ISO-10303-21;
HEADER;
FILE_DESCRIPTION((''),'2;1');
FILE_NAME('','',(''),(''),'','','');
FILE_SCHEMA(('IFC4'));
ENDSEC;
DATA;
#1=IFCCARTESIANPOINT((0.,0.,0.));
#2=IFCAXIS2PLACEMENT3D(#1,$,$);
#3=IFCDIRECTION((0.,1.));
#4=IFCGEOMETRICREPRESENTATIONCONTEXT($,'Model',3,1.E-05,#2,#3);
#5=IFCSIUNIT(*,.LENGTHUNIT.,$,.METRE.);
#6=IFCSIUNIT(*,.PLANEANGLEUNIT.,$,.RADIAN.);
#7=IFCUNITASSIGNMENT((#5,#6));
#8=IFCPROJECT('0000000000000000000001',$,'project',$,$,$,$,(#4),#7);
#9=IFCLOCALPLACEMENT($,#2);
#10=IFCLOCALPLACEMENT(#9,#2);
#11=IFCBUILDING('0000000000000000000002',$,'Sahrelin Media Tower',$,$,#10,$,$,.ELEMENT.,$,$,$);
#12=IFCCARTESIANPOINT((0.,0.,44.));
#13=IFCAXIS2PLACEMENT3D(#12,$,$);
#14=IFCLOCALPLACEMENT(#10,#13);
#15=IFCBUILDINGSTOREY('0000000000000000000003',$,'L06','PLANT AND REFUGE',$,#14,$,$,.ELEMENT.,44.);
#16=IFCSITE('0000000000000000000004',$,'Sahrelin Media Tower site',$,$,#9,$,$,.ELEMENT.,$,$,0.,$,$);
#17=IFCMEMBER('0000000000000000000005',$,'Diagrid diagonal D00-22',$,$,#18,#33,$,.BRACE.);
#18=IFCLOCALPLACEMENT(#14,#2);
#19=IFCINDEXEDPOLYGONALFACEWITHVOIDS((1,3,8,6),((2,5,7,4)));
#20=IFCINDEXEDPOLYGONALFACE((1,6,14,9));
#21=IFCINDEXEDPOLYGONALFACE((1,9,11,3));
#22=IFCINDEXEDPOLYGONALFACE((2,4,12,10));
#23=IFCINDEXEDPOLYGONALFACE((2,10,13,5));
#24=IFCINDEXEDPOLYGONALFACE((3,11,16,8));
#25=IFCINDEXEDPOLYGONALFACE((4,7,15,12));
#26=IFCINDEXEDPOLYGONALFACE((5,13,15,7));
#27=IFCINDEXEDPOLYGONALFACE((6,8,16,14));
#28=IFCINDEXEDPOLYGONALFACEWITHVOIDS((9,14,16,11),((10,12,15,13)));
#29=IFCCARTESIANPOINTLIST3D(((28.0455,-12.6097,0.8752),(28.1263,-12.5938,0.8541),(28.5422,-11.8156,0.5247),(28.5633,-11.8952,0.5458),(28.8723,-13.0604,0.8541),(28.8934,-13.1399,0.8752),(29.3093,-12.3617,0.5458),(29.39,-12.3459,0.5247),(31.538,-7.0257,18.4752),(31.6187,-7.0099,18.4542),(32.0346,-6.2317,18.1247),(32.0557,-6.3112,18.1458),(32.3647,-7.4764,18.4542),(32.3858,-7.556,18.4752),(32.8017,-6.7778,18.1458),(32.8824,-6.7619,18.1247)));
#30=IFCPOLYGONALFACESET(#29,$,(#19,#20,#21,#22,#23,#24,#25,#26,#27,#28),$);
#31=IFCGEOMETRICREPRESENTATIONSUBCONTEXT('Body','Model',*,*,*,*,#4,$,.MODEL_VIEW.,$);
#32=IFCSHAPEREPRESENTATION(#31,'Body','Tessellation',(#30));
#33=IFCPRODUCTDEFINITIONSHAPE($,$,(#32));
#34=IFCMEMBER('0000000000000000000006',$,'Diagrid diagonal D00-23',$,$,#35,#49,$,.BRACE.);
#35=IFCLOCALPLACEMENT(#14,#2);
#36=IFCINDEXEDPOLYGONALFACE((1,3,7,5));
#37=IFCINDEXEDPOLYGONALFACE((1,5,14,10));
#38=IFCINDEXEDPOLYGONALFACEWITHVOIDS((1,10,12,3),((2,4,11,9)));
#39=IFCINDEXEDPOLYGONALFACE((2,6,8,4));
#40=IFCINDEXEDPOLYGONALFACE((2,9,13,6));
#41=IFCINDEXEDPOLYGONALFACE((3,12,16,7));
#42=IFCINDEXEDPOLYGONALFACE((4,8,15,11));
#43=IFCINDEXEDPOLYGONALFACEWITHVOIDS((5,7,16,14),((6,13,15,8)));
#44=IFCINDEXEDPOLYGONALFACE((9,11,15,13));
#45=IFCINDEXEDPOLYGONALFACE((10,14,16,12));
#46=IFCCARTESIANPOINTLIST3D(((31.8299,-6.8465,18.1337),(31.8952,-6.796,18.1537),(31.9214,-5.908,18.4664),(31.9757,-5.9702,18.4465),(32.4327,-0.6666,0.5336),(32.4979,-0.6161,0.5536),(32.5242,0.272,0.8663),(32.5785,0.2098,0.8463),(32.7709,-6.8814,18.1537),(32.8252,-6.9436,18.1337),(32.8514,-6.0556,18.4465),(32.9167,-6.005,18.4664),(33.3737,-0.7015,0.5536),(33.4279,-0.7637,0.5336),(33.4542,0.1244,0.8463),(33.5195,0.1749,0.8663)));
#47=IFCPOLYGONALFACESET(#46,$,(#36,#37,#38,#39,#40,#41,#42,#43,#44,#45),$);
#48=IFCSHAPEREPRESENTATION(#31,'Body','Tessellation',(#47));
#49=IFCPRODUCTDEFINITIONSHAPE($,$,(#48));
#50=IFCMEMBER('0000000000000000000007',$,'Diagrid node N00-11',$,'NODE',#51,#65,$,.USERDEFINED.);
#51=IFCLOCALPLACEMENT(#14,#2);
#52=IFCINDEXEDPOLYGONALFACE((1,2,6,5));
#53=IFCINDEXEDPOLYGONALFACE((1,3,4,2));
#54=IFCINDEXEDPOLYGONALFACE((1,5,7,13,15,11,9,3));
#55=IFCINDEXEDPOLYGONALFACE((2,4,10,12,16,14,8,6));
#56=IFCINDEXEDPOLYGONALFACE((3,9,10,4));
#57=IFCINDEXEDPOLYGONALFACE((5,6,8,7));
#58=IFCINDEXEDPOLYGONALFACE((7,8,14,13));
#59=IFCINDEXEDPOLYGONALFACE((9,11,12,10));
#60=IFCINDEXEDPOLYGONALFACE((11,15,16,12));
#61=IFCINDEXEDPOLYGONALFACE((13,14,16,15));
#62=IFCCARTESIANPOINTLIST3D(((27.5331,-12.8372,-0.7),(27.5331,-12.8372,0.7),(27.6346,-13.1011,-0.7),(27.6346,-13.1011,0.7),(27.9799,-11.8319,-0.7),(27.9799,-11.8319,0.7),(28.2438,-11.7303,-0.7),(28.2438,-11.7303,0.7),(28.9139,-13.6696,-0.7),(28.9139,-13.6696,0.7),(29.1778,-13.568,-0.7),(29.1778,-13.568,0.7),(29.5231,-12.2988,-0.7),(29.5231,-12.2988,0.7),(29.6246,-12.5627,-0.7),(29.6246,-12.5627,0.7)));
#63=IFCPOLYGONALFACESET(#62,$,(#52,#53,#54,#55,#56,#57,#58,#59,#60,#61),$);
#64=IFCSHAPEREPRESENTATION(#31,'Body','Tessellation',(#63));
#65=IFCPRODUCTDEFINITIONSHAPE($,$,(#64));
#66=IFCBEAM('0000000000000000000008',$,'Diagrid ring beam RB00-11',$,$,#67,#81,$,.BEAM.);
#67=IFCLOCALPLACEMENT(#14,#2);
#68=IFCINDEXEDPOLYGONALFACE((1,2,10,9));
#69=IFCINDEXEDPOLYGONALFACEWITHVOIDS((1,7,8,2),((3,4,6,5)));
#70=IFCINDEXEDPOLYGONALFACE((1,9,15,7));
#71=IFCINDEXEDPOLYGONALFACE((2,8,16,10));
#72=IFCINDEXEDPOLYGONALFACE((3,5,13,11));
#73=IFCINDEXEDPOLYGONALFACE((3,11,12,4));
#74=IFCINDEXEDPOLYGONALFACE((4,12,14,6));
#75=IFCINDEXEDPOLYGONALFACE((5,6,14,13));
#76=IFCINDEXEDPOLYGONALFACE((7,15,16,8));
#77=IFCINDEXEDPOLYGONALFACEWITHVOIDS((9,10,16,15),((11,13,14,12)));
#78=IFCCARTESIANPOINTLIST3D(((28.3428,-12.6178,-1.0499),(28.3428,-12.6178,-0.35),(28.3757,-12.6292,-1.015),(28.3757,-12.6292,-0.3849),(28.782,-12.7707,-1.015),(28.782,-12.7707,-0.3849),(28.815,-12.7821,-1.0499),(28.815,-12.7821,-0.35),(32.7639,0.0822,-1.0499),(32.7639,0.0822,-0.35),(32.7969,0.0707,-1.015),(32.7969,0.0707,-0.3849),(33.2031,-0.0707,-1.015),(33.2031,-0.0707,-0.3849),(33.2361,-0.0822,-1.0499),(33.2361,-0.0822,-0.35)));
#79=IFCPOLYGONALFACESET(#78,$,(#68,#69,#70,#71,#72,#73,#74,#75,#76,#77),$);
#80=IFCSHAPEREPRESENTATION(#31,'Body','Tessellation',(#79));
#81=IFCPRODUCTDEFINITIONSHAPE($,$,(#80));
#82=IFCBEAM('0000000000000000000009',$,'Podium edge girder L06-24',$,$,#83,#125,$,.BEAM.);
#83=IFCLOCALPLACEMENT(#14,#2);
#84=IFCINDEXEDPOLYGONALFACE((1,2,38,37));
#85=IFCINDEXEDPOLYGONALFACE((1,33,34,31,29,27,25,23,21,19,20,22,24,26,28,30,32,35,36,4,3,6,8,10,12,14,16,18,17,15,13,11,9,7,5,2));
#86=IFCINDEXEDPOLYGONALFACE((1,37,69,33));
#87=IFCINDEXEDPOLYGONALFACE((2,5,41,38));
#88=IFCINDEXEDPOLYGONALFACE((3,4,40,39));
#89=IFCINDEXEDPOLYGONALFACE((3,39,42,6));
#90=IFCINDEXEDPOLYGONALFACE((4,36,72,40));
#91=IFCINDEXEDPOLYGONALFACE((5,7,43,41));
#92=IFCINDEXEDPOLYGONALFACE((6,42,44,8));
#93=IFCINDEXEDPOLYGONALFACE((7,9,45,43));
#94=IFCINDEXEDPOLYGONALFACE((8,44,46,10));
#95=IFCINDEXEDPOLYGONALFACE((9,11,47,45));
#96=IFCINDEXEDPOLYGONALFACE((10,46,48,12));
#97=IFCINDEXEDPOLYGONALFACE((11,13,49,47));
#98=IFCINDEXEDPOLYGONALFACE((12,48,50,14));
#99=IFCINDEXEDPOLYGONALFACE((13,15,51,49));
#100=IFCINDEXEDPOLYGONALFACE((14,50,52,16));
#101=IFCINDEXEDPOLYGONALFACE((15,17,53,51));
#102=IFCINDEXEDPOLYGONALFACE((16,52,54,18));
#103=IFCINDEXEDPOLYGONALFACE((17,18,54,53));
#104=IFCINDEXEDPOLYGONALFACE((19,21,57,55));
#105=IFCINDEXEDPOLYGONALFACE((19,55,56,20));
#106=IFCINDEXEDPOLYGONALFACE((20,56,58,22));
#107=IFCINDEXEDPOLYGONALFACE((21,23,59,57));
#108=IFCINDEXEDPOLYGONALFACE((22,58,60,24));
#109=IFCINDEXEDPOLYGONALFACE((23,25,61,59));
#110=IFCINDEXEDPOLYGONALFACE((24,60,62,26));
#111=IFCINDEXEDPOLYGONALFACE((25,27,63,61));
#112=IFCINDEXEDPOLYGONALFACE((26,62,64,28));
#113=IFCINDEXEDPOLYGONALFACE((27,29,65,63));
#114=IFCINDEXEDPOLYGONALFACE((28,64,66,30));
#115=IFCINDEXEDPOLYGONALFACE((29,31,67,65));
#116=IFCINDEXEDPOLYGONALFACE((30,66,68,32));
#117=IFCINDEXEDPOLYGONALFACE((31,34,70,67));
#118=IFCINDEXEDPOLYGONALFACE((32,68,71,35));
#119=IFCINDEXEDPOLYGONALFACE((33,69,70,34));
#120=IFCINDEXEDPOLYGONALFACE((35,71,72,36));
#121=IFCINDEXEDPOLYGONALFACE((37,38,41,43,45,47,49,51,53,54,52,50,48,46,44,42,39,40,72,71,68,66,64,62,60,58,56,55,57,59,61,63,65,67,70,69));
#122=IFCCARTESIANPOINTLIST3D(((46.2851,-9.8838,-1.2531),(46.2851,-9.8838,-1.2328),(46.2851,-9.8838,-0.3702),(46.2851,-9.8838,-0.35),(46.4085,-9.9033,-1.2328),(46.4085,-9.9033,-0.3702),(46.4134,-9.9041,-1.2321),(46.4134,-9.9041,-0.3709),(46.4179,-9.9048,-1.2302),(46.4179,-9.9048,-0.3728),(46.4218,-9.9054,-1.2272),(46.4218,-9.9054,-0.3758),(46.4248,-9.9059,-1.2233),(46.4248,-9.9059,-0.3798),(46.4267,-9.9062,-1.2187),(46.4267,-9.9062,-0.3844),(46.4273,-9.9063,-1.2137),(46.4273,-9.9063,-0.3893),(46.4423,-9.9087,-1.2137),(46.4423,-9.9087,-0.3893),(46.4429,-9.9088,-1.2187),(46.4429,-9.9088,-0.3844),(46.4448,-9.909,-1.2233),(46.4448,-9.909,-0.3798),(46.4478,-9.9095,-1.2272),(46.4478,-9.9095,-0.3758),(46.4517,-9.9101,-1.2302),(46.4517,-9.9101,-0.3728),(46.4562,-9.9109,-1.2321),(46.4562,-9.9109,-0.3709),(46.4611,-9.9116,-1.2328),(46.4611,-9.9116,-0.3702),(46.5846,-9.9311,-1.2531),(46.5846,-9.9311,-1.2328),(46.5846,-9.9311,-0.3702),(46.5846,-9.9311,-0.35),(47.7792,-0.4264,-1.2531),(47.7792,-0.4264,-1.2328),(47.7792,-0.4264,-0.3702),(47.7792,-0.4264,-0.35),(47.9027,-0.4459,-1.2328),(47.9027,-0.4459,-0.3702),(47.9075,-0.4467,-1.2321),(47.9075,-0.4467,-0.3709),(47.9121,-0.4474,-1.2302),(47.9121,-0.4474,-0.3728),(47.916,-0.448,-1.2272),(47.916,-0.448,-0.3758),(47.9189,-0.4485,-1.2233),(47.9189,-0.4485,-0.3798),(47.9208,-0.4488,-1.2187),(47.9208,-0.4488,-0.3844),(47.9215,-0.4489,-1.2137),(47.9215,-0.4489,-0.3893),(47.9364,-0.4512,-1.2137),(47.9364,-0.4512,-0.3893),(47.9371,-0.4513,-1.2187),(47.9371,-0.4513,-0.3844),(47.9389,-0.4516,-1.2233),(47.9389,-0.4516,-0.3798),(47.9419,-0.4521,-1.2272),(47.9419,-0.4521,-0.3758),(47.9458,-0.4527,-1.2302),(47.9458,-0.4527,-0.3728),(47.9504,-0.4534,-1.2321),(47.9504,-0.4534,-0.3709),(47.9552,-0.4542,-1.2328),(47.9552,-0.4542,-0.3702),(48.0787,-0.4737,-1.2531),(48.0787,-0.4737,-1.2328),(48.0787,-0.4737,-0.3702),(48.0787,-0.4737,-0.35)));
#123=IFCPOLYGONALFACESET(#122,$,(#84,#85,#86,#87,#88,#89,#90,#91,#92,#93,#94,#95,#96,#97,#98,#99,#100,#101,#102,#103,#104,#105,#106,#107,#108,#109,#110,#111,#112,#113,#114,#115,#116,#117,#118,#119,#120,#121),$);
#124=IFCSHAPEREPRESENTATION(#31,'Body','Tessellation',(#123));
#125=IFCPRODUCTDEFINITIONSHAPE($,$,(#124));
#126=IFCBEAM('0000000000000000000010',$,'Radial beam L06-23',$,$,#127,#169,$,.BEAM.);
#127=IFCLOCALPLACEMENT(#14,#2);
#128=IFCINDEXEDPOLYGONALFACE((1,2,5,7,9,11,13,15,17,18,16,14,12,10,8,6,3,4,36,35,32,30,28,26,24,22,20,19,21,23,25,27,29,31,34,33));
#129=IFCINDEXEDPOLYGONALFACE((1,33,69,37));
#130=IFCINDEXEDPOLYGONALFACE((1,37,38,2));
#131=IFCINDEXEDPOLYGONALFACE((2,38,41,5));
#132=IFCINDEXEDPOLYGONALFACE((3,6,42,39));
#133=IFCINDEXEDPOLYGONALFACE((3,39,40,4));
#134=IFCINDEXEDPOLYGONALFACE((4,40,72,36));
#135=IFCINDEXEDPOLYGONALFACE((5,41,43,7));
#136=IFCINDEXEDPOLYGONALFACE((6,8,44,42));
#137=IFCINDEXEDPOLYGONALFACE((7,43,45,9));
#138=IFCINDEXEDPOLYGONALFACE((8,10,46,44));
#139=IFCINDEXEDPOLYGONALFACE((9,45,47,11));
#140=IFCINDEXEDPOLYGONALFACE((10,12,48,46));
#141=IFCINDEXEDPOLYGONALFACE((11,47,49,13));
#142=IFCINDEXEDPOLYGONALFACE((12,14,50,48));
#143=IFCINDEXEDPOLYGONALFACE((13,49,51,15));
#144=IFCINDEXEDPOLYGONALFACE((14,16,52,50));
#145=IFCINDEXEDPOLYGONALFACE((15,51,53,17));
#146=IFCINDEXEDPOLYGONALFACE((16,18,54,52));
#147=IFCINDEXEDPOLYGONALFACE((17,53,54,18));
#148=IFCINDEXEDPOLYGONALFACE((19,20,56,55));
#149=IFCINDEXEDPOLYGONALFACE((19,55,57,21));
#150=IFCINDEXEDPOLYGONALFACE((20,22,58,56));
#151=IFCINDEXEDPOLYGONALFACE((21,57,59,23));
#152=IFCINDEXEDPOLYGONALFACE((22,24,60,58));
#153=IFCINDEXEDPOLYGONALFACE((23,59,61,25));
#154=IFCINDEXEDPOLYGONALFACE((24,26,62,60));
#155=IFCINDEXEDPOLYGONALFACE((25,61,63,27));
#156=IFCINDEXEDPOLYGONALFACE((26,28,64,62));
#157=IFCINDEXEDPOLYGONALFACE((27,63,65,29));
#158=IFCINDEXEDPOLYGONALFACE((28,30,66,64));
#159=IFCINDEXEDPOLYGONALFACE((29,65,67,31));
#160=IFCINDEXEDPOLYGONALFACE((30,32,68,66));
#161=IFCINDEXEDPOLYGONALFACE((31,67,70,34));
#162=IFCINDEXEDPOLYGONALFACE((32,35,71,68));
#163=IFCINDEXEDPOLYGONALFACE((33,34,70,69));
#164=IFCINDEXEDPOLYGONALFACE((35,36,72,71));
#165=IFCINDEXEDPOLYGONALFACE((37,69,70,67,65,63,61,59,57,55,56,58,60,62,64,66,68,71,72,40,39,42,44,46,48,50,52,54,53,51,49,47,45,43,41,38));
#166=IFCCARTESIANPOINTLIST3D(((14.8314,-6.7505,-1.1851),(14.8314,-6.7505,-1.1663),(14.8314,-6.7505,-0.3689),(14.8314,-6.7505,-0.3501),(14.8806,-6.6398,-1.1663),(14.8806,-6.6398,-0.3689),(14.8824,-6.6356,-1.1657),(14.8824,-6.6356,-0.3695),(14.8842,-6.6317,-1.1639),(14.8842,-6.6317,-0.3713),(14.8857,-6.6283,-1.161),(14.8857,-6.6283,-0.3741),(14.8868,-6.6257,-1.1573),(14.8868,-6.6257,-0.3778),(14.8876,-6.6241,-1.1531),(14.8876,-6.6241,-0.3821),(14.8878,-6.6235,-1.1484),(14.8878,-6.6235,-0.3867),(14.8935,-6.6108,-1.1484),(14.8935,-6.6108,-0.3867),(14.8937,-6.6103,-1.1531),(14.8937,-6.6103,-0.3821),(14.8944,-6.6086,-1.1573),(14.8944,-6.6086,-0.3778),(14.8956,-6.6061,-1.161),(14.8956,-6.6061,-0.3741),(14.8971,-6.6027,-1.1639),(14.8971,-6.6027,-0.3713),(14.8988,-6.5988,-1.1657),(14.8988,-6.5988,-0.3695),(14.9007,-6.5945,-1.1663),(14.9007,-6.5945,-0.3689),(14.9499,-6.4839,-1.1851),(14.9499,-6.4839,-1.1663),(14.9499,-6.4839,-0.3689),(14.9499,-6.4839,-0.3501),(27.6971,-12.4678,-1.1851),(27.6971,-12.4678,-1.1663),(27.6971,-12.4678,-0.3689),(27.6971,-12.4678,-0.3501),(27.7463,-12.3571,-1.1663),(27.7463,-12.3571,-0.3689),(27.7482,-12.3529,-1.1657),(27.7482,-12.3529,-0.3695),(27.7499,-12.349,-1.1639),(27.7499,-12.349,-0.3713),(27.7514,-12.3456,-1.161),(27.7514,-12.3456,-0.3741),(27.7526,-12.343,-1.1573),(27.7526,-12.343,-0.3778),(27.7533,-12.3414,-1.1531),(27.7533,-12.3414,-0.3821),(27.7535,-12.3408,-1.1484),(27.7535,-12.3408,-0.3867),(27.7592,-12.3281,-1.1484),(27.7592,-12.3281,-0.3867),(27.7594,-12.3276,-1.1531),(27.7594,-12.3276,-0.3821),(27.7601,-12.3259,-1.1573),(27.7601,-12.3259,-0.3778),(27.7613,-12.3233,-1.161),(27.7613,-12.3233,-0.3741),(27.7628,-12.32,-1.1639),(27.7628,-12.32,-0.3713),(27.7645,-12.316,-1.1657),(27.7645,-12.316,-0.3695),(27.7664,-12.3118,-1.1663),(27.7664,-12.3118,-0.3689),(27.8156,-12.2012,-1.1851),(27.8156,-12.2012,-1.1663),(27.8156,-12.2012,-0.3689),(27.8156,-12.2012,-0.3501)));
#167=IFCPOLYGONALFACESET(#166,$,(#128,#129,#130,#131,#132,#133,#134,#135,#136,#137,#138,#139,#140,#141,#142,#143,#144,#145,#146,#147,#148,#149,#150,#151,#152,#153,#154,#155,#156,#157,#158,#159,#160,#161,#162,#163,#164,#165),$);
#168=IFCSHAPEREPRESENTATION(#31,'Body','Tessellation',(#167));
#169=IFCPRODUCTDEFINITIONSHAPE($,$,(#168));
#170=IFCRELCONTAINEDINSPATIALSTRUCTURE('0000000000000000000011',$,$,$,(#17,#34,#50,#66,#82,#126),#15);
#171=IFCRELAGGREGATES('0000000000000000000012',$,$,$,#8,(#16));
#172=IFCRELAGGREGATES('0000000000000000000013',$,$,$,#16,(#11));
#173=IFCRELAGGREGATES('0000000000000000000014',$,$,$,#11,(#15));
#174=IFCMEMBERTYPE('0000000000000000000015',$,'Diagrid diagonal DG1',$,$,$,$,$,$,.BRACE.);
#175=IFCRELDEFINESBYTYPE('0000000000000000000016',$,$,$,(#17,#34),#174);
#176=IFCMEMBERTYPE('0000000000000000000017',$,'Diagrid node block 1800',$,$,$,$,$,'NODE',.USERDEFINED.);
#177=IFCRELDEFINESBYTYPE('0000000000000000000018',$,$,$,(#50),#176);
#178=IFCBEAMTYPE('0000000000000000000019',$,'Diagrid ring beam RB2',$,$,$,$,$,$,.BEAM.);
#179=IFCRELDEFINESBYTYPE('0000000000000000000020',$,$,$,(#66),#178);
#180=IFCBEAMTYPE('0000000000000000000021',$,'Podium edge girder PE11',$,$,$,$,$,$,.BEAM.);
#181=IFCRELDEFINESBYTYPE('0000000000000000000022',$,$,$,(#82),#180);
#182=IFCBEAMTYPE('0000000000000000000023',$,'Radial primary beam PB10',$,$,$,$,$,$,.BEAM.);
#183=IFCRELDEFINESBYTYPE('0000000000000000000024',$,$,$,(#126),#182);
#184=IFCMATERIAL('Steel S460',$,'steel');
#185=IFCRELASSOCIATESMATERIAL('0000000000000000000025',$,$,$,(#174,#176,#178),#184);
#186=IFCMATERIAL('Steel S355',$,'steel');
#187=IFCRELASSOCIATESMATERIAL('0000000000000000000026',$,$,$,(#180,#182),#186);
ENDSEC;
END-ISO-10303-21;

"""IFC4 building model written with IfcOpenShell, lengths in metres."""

from ifc_helpers import new_model, si_unit, direction, frame, origin, origin_2d, place, context, subcontext, project, spatial, polyline, hollow_rectangle, i_section, outline, extrude, material, material_profile, profile_set, type_object, element, save


model = new_model("IFC4")

# Units and contexts
model_context = context("Model", 3, precision=1e-05, world=origin(), true_north=direction((0.0, 1.0)))
body_context = subcontext(model_context, "Body", "Model", "MODEL_VIEW")
ifc_project = project(units=[si_unit("LENGTHUNIT", "METRE"), si_unit("PLANEANGLEUNIT", "RADIAN")], contexts=[model_context])

# Site, building, storey
site_placement = place(None, origin())
site = spatial("IfcSite", under=ifc_project, at=site_placement, Name="Sahrelin Media Tower site", CompositionType="ELEMENT", RefElevation=0.0)
building_placement = place(site_placement, origin())
building = spatial("IfcBuilding", under=site, at=building_placement, Name="Sahrelin Media Tower", CompositionType="ELEMENT")
storey_placement = place(building_placement, frame((0.0, 0.0, 44.0)))
storey = spatial("IfcBuildingStorey", under=building, at=storey_placement, Name="L06", Description="PLANT AND REFUGE", CompositionType="ELEMENT", Elevation=44.0)

# Members
ifc_material_1 = material(Name="Steel S460", Category="steel")
ifc_material_profile_1 = material_profile(ifc_material_1, hollow_rectangle(XDim=1.0, YDim=1.0, WallThickness=0.0601, at=origin_2d()), Name="Diagrid diagonal DG1")
ifc_profile_set_1 = profile_set([ifc_material_profile_1], Name="Steel S460")
member_type_1 = type_object("IfcMemberType", Name="Diagrid diagonal DG1", PredefinedType="BRACE", material=ifc_profile_set_1)
member_1_placement = place(storey_placement, frame((28.7178, -12.4778, 0.7), z_axis=(0.185846, 0.297146, 0.936571), x_axis=(-0.847832, 0.530265, 0.0)))
element("IfcMember", 1, at=member_1_placement, inside=storey, type_object=member_type_1, Name="Diagrid diagonal D00-22", PredefinedType="BRACE", context=body_context, shape_type="SweptSolid", body=[
    extrude(hollow_rectangle(XDim=1.0, YDim=1.0, WallThickness=0.0601, at=origin_2d()), origin(), (0.0, 0.0, 1.0), 18.792),
])
member_2_placement = place(storey_placement, frame((32.9761, -0.2458, 0.7), z_axis=(-0.032298, -0.331128, 0.943033), x_axis=(0.995277, -0.097078, 0.0)))
element("IfcMember", 2, at=member_2_placement, inside=storey, type_object=member_type_1, Name="Diagrid diagonal D00-23", PredefinedType="BRACE", context=body_context, shape_type="SweptSolid", body=[
    extrude(hollow_rectangle(XDim=1.0, YDim=1.0, WallThickness=0.0601, at=origin_2d()), origin(), (0.0, 0.0, 1.0), 18.6633),
])
ifc_material_profile_2 = material_profile(ifc_material_1, outline(polyline([(0.7, -0.75), (0.8999, -0.55), (0.8999, 0.55), (0.7, 0.75), (-0.7, 0.75), (-0.8999, 0.55), (-0.8999, -0.55), (-0.7, -0.75), (0.7, -0.75)])), Name="Diagrid node block 1800")
ifc_profile_set_2 = profile_set([ifc_material_profile_2], Name="Steel S460")
member_type_2 = type_object("IfcMemberType", Name="Diagrid node block 1800", ElementType="NODE", PredefinedType="USERDEFINED", material=ifc_profile_set_2)
member_3_placement = place(storey_placement, frame((28.5789, -12.7, -0.7), z_axis=(0.0, 0.0, 1.0), x_axis=(0.913831, -0.406094, 0.0)))
element("IfcMember", 3, at=member_3_placement, inside=storey, type_object=member_type_2, Name="Diagrid node N00-11", ObjectType="NODE", PredefinedType="USERDEFINED", context=body_context, shape_type="SweptSolid", body=[
    extrude(outline(polyline([(0.7, -0.75), (0.8999, -0.55), (0.8999, 0.55), (0.7, 0.75), (-0.7, 0.75), (-0.8999, 0.55), (-0.8999, -0.55), (-0.7, -0.75), (0.7, -0.75)])), origin(), (0.0, 0.0, 1.0), 1.3999),
])

# Beams
ifc_material_profile_3 = material_profile(ifc_material_1, hollow_rectangle(XDim=0.5, YDim=0.7, WallThickness=0.0349, at=origin_2d()), Name="Diagrid ring beam RB2")
ifc_profile_set_3 = profile_set([ifc_material_profile_3], Name="Steel S460")
beam_type_1 = type_object("IfcBeamType", Name="Diagrid ring beam RB2", PredefinedType="BEAM", material=ifc_profile_set_3)
beam_1_placement = place(storey_placement, frame((28.5789, -12.7, -0.7), z_axis=(0.328771, 0.94441, 0.0), x_axis=(-0.94441, 0.328771, 0.0)))
element("IfcBeam", 4, at=beam_1_placement, inside=storey, type_object=beam_type_1, Name="Diagrid ring beam RB00-11", PredefinedType="BEAM", context=body_context, shape_type="SweptSolid", body=[
    extrude(hollow_rectangle(XDim=0.5, YDim=0.7, WallThickness=0.0349, at=origin_2d()), origin(), (0.0, 0.0, 1.0), 13.4475),
])
ifc_material_2 = material(Name="Steel S355", Category="steel")
ifc_material_profile_4 = material_profile(ifc_material_2, i_section(OverallWidth=0.3032, OverallDepth=0.9031, WebThickness=0.0151, FlangeThickness=0.0203, FilletRadius=0.019, at=origin_2d()), Name="UB 914x305x201")
ifc_profile_set_4 = profile_set([ifc_material_profile_4], Name="Steel S355")
beam_type_2 = type_object("IfcBeamType", Name="Podium edge girder PE11", PredefinedType="BEAM", material=ifc_profile_set_4)
beam_2_placement = place(storey_placement, frame((46.4348, -9.9075, -0.8015), z_axis=(0.156049, 0.987749, 0.0), x_axis=(-0.987749, 0.156049, 0.0)))
element("IfcBeam", 5, at=beam_2_placement, inside=storey, type_object=beam_type_2, Name="Podium edge girder L06-24", PredefinedType="BEAM", context=body_context, shape_type="SweptSolid", body=[
    extrude(i_section(OverallWidth=0.3032, OverallDepth=0.9031, WebThickness=0.0151, FlangeThickness=0.0203, FilletRadius=0.019, at=origin_2d()), origin(), (0.0, 0.0, 1.0), 9.5747),
])
ifc_material_profile_5 = material_profile(ifc_material_2, i_section(OverallWidth=0.2917, OverallDepth=0.835, WebThickness=0.0139, FlangeThickness=0.0188, FilletRadius=0.0178, at=origin_2d()), Name="UB 838x292x176")
ifc_profile_set_5 = profile_set([ifc_material_profile_5], Name="Steel S355")
beam_type_3 = type_object("IfcBeamType", Name="Radial primary beam PB10", PredefinedType="BEAM", material=ifc_profile_set_5)
beam_3_placement = place(storey_placement, frame((14.8906, -6.6172, -0.7676), z_axis=(0.913833, -0.40609, 0.0), x_axis=(0.40609, 0.913833, 0.0)))
element("IfcBeam", 6, at=beam_3_placement, inside=storey, type_object=beam_type_3, Name="Radial beam L06-23", PredefinedType="BEAM", context=body_context, shape_type="SweptSolid", body=[
    extrude(i_section(OverallWidth=0.2917, OverallDepth=0.835, WebThickness=0.0139, FlangeThickness=0.0188, FilletRadius=0.0178, at=origin_2d()), origin(), (0.0, 0.0, 1.0), 14.0789),
])

save(model, "model.ifc")
